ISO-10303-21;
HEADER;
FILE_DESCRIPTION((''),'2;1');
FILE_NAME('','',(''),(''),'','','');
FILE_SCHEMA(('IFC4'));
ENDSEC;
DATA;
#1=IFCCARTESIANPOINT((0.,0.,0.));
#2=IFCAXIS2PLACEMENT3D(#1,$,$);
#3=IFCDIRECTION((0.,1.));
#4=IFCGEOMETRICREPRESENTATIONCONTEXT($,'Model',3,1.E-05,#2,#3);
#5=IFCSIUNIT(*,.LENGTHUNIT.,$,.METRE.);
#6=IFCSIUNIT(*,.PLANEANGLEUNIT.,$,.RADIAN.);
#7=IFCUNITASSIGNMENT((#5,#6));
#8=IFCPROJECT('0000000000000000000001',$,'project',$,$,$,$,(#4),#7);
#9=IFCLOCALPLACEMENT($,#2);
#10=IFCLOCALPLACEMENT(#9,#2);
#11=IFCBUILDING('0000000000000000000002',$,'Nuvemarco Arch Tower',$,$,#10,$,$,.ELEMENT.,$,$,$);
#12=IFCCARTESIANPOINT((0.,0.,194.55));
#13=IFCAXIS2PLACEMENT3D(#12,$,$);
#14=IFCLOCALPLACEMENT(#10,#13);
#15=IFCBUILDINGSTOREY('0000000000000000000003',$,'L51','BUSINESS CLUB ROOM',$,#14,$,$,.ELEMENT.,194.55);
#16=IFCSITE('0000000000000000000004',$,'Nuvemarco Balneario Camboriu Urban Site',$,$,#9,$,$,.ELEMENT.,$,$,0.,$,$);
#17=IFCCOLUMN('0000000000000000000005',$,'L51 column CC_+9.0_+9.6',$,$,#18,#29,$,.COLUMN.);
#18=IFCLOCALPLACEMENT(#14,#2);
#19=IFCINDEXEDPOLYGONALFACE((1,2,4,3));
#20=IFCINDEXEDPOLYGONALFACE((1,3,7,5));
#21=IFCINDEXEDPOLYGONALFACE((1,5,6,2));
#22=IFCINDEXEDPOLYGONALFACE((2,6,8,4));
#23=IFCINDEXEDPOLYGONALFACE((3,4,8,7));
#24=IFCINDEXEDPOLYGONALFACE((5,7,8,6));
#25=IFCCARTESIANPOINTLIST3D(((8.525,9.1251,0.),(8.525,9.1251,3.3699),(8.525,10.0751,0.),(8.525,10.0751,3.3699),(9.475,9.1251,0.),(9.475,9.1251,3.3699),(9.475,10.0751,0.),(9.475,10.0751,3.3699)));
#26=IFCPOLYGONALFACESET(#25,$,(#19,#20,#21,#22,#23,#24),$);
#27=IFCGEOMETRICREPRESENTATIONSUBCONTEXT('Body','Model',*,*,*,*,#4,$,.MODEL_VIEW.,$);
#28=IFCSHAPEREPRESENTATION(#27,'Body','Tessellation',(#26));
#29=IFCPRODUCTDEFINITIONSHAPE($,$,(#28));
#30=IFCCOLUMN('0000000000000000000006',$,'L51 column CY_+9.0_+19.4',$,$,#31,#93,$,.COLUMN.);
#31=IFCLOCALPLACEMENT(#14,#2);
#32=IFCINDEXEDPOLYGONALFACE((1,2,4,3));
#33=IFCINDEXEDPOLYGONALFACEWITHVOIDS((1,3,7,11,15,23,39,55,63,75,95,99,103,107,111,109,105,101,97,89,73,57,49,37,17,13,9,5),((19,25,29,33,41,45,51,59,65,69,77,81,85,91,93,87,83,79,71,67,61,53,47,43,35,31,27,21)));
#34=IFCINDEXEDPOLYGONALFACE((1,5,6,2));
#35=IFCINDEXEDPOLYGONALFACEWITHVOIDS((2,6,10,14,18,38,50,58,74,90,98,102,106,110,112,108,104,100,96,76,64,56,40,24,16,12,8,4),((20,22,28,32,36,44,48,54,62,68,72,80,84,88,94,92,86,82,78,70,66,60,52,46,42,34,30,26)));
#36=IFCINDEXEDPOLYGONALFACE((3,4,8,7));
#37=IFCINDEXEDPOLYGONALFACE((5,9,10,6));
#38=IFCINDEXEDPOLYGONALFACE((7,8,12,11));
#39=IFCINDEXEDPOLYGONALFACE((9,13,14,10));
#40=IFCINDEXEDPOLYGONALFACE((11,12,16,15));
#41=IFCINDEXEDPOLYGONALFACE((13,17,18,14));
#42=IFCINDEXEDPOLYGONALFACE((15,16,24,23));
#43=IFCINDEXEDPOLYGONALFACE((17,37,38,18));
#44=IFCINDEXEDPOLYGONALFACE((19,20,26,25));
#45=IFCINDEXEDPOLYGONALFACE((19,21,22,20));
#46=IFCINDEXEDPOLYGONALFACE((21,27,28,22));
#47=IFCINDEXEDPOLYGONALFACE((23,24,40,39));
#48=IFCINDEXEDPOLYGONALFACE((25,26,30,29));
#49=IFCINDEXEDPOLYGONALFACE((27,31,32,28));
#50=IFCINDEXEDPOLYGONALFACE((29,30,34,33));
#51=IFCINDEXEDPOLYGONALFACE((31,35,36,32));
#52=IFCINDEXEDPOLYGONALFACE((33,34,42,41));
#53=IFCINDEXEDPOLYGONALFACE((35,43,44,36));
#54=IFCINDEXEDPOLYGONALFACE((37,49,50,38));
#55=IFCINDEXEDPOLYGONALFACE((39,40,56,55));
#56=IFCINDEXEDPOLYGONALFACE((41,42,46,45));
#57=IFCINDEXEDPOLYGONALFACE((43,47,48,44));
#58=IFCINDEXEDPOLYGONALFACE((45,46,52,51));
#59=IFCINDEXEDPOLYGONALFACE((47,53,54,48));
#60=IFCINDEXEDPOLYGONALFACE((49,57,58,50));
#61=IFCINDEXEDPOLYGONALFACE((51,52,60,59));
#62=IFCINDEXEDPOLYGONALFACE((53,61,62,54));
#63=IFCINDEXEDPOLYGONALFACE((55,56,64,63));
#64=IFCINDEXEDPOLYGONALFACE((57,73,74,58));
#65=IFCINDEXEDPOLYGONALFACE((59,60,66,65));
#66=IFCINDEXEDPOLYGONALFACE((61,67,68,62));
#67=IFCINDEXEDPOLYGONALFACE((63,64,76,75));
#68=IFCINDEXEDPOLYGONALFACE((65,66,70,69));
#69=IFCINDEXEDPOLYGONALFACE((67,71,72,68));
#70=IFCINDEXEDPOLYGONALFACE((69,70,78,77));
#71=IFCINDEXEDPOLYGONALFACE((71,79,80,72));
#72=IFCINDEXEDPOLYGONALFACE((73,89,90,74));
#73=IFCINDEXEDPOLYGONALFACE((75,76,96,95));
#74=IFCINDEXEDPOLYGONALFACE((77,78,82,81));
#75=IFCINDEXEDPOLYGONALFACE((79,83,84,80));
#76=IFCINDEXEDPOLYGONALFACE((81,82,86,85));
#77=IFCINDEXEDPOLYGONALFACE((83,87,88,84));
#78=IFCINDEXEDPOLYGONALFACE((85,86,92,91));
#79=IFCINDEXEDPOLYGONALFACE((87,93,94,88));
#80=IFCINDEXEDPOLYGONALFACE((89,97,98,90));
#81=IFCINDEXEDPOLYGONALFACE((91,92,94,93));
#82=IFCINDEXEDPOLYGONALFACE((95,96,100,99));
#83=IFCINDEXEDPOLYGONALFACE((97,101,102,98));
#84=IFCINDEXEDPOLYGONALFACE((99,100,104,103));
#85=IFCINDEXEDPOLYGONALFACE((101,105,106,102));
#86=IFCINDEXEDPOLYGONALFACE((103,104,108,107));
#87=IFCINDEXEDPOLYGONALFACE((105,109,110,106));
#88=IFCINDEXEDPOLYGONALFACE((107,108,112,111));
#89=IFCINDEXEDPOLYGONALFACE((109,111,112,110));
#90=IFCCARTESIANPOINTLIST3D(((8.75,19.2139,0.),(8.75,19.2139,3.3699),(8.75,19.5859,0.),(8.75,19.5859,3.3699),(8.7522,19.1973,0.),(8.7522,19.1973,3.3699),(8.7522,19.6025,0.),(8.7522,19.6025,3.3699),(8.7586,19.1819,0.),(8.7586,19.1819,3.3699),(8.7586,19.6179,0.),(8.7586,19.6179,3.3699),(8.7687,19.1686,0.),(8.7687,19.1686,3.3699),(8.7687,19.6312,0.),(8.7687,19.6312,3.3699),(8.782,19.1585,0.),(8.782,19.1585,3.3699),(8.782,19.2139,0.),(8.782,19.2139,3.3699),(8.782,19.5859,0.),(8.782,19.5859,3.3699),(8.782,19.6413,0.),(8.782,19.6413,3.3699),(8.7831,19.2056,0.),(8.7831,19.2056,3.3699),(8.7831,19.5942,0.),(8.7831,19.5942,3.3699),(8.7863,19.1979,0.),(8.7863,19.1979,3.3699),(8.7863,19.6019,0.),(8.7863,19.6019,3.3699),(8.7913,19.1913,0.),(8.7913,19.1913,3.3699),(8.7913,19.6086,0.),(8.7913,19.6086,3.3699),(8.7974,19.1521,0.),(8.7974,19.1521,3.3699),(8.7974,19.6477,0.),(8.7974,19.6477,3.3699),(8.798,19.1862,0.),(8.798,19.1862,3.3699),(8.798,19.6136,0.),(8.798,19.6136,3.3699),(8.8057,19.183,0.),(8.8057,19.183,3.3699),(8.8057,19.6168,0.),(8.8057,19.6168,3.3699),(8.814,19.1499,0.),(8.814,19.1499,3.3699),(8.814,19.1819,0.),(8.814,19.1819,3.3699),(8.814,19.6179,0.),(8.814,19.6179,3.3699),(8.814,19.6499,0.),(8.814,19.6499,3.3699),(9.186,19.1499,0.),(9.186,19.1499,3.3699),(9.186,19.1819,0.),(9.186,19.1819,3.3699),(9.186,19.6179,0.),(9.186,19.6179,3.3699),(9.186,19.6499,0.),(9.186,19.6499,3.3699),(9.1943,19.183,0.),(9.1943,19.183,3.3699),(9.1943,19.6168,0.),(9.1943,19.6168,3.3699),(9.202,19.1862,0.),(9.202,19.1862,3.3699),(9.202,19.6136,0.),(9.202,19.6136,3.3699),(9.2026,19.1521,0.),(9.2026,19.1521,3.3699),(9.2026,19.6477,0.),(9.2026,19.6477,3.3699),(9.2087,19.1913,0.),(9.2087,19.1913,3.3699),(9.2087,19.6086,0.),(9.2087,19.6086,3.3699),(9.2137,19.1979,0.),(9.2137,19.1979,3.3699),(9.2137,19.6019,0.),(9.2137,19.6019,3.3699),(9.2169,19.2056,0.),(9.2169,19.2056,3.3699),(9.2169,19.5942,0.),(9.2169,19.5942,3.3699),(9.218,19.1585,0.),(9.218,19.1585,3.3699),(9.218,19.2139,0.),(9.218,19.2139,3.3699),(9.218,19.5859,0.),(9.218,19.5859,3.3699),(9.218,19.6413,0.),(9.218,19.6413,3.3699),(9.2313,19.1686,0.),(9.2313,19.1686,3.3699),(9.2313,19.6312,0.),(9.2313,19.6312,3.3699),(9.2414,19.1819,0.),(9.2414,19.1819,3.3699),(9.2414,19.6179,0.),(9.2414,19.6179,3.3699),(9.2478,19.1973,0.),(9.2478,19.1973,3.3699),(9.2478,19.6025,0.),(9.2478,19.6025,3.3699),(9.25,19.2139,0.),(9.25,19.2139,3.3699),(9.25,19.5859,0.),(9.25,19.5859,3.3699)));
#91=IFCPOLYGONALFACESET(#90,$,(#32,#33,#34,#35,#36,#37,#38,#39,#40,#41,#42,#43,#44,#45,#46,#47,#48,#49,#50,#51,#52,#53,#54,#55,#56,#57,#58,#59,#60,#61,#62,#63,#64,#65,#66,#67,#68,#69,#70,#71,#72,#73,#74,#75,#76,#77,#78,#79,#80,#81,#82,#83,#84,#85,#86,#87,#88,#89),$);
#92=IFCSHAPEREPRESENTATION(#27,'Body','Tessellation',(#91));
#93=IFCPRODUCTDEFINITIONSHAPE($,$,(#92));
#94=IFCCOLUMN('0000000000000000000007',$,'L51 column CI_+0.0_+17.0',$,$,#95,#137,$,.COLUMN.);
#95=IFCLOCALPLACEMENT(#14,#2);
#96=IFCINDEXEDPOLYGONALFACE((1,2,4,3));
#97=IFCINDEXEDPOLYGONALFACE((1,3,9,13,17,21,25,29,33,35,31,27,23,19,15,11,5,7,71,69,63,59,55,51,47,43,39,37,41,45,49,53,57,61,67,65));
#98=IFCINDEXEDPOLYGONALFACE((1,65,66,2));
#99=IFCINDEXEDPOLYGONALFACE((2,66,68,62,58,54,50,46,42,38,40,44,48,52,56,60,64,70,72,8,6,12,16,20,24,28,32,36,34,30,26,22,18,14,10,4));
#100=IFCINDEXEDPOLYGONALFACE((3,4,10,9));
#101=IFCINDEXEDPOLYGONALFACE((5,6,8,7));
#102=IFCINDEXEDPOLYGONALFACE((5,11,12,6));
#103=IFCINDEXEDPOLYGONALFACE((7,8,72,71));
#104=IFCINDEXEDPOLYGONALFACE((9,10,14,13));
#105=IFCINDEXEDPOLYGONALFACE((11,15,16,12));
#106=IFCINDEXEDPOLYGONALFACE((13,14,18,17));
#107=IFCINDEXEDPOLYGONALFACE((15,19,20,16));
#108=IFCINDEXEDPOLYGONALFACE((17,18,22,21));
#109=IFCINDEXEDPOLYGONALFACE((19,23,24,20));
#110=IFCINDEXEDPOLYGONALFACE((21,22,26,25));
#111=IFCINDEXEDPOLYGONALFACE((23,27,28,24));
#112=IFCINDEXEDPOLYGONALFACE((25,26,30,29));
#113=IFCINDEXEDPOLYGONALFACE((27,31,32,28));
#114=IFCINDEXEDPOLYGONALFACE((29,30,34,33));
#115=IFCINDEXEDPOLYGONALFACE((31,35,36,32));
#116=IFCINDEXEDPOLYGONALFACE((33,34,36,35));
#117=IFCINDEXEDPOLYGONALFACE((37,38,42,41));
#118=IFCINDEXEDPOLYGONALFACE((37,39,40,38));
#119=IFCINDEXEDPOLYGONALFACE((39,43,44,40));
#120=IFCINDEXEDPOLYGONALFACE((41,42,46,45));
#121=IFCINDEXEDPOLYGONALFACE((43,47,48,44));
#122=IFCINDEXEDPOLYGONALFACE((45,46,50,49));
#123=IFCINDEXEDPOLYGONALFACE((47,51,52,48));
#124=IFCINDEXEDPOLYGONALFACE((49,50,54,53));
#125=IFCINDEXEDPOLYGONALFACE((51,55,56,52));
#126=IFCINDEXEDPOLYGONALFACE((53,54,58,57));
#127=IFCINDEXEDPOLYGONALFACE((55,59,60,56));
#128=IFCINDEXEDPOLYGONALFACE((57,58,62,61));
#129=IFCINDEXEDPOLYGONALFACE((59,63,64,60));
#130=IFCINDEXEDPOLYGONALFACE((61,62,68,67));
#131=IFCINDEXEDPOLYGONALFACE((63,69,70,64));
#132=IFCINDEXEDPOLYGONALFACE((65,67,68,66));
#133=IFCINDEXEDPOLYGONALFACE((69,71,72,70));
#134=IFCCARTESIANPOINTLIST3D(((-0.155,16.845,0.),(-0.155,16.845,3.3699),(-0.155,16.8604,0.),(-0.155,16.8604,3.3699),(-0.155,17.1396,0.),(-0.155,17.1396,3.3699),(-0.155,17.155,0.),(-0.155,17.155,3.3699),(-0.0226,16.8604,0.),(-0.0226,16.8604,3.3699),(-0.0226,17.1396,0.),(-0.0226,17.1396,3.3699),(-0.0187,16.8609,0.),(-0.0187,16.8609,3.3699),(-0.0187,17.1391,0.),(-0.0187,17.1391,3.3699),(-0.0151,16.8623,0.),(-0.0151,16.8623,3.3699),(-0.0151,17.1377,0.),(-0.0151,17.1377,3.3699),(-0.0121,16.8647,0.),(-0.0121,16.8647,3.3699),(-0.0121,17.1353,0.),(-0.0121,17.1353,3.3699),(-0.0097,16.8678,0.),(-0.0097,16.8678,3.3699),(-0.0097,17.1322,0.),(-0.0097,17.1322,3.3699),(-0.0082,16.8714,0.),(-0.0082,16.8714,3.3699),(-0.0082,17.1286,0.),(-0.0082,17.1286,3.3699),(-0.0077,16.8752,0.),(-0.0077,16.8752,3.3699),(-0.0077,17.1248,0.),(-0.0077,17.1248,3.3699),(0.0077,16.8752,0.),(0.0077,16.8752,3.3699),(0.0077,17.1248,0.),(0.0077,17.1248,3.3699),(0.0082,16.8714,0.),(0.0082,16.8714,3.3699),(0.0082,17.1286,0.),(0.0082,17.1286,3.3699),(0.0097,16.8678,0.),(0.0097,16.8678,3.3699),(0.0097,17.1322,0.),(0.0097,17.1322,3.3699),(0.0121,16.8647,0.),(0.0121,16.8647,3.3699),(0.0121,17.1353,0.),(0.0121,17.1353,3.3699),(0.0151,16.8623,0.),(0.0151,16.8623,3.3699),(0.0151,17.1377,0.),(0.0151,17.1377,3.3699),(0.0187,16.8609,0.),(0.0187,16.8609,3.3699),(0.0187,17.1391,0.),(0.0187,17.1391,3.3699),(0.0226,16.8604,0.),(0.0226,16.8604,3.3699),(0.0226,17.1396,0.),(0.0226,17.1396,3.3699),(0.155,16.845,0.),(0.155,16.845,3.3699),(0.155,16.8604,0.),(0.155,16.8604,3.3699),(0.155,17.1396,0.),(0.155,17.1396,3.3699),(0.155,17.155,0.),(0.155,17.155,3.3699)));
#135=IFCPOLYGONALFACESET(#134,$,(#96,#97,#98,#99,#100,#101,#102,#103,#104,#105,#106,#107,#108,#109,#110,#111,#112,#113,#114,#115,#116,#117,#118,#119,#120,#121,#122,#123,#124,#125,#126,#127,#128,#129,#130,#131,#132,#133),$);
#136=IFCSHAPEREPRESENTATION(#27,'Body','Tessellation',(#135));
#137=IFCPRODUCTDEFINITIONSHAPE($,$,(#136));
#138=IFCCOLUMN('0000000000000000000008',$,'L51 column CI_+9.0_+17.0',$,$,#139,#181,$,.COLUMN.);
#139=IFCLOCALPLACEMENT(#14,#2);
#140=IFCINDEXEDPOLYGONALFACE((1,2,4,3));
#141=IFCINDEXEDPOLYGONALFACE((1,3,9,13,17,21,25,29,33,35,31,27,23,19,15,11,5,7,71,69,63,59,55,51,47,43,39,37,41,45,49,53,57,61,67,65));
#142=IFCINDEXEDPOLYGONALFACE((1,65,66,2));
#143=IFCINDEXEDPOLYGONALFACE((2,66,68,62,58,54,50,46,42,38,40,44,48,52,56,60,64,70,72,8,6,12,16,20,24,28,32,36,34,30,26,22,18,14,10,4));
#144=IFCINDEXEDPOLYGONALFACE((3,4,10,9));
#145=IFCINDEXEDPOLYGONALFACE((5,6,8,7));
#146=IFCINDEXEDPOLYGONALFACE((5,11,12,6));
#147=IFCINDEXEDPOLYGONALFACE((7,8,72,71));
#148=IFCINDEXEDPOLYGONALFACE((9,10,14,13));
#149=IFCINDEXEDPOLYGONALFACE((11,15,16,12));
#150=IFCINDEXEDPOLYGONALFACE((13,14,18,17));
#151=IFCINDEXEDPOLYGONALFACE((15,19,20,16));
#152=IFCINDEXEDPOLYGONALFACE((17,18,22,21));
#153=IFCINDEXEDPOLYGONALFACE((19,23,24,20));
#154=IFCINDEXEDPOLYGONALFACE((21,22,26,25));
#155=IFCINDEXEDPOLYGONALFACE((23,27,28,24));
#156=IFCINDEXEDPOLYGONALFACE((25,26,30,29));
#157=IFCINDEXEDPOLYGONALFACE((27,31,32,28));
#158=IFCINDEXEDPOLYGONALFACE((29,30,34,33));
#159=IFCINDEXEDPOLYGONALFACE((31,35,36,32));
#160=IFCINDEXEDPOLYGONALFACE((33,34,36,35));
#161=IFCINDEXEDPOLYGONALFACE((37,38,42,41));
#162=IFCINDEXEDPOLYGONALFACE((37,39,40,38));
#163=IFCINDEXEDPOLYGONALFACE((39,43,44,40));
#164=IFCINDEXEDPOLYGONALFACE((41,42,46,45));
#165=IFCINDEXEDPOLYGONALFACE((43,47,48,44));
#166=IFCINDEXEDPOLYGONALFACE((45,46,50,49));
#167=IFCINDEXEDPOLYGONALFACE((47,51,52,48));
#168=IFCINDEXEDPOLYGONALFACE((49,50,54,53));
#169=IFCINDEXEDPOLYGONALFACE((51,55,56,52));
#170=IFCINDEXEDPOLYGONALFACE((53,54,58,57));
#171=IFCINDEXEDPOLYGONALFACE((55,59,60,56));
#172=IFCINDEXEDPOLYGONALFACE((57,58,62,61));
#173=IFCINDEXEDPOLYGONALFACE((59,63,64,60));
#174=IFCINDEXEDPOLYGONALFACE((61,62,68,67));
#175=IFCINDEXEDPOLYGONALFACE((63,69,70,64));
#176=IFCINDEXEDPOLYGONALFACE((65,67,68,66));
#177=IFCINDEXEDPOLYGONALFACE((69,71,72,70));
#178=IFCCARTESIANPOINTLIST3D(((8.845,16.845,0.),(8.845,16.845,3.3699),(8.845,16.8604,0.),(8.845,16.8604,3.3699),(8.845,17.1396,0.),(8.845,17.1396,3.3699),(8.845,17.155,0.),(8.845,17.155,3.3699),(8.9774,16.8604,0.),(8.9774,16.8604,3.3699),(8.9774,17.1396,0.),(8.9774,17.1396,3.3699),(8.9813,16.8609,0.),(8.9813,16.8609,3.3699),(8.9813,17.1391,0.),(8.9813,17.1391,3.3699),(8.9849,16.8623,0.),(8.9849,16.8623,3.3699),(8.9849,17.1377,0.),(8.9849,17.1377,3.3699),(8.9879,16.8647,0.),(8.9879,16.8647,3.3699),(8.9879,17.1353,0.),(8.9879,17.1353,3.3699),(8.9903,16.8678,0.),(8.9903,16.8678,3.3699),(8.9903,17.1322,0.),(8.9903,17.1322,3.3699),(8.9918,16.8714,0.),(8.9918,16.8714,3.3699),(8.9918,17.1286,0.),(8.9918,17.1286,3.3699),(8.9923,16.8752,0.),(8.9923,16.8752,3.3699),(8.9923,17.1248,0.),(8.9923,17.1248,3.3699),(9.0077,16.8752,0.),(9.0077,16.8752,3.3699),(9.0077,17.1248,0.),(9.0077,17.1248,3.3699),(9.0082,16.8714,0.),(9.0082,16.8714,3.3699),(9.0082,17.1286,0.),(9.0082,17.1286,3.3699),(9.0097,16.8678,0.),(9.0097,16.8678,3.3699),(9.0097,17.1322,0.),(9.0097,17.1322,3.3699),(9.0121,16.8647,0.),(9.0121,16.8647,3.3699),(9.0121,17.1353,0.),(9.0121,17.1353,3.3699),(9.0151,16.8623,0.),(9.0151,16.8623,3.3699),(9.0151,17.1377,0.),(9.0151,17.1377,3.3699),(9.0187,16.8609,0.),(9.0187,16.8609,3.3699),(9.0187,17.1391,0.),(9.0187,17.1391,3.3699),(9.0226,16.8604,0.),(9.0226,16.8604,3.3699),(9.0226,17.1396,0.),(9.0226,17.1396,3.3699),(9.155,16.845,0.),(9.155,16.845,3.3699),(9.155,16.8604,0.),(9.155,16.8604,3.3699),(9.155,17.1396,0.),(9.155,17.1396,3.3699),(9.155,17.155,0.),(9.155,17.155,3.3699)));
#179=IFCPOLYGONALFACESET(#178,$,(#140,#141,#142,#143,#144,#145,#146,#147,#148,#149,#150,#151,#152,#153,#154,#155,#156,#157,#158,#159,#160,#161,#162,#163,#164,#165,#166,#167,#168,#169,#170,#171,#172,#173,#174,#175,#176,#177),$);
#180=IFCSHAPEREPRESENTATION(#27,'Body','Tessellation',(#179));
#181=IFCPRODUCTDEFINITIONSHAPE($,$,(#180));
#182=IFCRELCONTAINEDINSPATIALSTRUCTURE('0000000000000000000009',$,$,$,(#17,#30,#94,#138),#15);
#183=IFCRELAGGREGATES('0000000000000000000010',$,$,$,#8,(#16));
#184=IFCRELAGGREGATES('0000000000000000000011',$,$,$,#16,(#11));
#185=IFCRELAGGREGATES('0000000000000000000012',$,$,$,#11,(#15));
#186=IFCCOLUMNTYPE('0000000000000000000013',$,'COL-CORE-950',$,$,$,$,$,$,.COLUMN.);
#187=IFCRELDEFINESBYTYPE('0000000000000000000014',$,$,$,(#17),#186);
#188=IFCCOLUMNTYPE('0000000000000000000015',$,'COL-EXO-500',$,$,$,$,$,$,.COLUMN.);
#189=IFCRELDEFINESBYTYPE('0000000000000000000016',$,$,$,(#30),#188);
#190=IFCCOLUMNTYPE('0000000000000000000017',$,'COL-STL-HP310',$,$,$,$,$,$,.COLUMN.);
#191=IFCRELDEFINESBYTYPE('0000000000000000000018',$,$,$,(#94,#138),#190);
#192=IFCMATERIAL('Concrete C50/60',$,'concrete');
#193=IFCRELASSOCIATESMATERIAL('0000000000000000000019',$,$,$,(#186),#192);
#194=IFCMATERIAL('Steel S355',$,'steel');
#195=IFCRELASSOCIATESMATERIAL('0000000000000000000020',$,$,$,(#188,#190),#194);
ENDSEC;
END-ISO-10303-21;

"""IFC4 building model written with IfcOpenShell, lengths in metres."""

from ifc_helpers import new_model, si_unit, direction, frame, origin, origin_2d, place, context, subcontext, project, spatial, rectangle, hollow_rectangle, i_section, extrude, material, material_profile, profile_set, type_object, element, save


model = new_model("IFC4")

# Units and contexts
model_context = context("Model", 3, precision=1e-05, world=origin(), true_north=direction((0.0, 1.0)))
body_context = subcontext(model_context, "Body", "Model", "MODEL_VIEW")
ifc_project = project(units=[si_unit("LENGTHUNIT", "METRE"), si_unit("PLANEANGLEUNIT", "RADIAN")], contexts=[model_context])

# Site, building, storey
site_placement = place(None, origin())
site = spatial("IfcSite", under=ifc_project, at=site_placement, Name="Nuvemarco Balneario Camboriu Urban Site", CompositionType="ELEMENT", RefElevation=0.0)
building_placement = place(site_placement, origin())
building = spatial("IfcBuilding", under=site, at=building_placement, Name="Nuvemarco Arch Tower", CompositionType="ELEMENT")
storey_placement = place(building_placement, frame((0.0, 0.0, 194.55)))
storey = spatial("IfcBuildingStorey", under=building, at=storey_placement, Name="L51", Description="BUSINESS CLUB ROOM", CompositionType="ELEMENT", Elevation=194.55)

# Columns
ifc_material_1 = material(Name="Concrete C50/60", Category="concrete")
ifc_material_profile_1 = material_profile(ifc_material_1, rectangle(XDim=0.95, YDim=0.95, at=origin_2d()), Name="RC-COL-950x950")
ifc_profile_set_1 = profile_set([ifc_material_profile_1], Name="Concrete C50/60")
column_type_1 = type_object("IfcColumnType", Name="COL-CORE-950", PredefinedType="COLUMN", material=ifc_profile_set_1)
column_1_placement = place(storey_placement, frame((9.0, 9.6001, 0.0), z_axis=(0.0, 0.0, 1.0), x_axis=(1.0, 0.0, 0.0)))
element("IfcColumn", 1, at=column_1_placement, inside=storey, type_object=column_type_1, Name="L51 column CC_+9.0_+9.6", PredefinedType="COLUMN", context=body_context, shape_type="SweptSolid", body=[
    extrude(rectangle(XDim=0.95, YDim=0.95, at=origin_2d()), origin(), (0.0, 0.0, 1.0), 3.3699),
])
ifc_material_2 = material(Name="Steel S355", Category="steel")
ifc_material_profile_2 = material_profile(ifc_material_2, hollow_rectangle(XDim=0.5, YDim=0.5, WallThickness=0.032, InnerFilletRadius=0.032, OuterFilletRadius=0.064, at=origin_2d()), Name="SHS500x500x32")
ifc_profile_set_2 = profile_set([ifc_material_profile_2], Name="Steel S355")
column_type_2 = type_object("IfcColumnType", Name="COL-EXO-500", PredefinedType="COLUMN", material=ifc_profile_set_2)
column_2_placement = place(storey_placement, frame((9.0, 19.3999, 0.0), z_axis=(0.0, 0.0, 1.0), x_axis=(1.0, 0.0, 0.0)))
element("IfcColumn", 2, at=column_2_placement, inside=storey, type_object=column_type_2, Name="L51 column CY_+9.0_+19.4", PredefinedType="COLUMN", context=body_context, shape_type="SweptSolid", body=[
    extrude(hollow_rectangle(XDim=0.5, YDim=0.5, WallThickness=0.032, InnerFilletRadius=0.032, OuterFilletRadius=0.064, at=origin_2d()), origin(), (0.0, 0.0, 1.0), 3.3699),
])
ifc_material_profile_3 = material_profile(ifc_material_2, i_section(OverallWidth=0.3101, OverallDepth=0.3101, WebThickness=0.0154, FlangeThickness=0.0154, FilletRadius=0.0149, at=origin_2d()), Name="HP310x110")
ifc_profile_set_3 = profile_set([ifc_material_profile_3], Name="Steel S355")
column_type_3 = type_object("IfcColumnType", Name="COL-STL-HP310", PredefinedType="COLUMN", material=ifc_profile_set_3)
for number, where, z_axis, x_axis, name in (
    (3, (0.0, 17.0, 0.0), (0.0, 0.0, 1.0), (1.0, 0.0, 0.0), "L51 column CI_+0.0_+17.0"),
    (4, (9.0, 17.0, 0.0), (0.0, 0.0, 1.0), (1.0, 0.0, 0.0), "L51 column CI_+9.0_+17.0"),
):
    element("IfcColumn", number, at=place(storey_placement, frame(where, z_axis=z_axis, x_axis=x_axis)), inside=storey, type_object=column_type_3, Name=name, PredefinedType="COLUMN", context=body_context, shape_type="SweptSolid", body=[
        extrude(i_section(OverallWidth=0.3101, OverallDepth=0.3101, WebThickness=0.0154, FlangeThickness=0.0154, FilletRadius=0.0149, at=origin_2d()), origin(), (0.0, 0.0, 1.0), 3.3699),
    ])

save(model, "model.ifc")
